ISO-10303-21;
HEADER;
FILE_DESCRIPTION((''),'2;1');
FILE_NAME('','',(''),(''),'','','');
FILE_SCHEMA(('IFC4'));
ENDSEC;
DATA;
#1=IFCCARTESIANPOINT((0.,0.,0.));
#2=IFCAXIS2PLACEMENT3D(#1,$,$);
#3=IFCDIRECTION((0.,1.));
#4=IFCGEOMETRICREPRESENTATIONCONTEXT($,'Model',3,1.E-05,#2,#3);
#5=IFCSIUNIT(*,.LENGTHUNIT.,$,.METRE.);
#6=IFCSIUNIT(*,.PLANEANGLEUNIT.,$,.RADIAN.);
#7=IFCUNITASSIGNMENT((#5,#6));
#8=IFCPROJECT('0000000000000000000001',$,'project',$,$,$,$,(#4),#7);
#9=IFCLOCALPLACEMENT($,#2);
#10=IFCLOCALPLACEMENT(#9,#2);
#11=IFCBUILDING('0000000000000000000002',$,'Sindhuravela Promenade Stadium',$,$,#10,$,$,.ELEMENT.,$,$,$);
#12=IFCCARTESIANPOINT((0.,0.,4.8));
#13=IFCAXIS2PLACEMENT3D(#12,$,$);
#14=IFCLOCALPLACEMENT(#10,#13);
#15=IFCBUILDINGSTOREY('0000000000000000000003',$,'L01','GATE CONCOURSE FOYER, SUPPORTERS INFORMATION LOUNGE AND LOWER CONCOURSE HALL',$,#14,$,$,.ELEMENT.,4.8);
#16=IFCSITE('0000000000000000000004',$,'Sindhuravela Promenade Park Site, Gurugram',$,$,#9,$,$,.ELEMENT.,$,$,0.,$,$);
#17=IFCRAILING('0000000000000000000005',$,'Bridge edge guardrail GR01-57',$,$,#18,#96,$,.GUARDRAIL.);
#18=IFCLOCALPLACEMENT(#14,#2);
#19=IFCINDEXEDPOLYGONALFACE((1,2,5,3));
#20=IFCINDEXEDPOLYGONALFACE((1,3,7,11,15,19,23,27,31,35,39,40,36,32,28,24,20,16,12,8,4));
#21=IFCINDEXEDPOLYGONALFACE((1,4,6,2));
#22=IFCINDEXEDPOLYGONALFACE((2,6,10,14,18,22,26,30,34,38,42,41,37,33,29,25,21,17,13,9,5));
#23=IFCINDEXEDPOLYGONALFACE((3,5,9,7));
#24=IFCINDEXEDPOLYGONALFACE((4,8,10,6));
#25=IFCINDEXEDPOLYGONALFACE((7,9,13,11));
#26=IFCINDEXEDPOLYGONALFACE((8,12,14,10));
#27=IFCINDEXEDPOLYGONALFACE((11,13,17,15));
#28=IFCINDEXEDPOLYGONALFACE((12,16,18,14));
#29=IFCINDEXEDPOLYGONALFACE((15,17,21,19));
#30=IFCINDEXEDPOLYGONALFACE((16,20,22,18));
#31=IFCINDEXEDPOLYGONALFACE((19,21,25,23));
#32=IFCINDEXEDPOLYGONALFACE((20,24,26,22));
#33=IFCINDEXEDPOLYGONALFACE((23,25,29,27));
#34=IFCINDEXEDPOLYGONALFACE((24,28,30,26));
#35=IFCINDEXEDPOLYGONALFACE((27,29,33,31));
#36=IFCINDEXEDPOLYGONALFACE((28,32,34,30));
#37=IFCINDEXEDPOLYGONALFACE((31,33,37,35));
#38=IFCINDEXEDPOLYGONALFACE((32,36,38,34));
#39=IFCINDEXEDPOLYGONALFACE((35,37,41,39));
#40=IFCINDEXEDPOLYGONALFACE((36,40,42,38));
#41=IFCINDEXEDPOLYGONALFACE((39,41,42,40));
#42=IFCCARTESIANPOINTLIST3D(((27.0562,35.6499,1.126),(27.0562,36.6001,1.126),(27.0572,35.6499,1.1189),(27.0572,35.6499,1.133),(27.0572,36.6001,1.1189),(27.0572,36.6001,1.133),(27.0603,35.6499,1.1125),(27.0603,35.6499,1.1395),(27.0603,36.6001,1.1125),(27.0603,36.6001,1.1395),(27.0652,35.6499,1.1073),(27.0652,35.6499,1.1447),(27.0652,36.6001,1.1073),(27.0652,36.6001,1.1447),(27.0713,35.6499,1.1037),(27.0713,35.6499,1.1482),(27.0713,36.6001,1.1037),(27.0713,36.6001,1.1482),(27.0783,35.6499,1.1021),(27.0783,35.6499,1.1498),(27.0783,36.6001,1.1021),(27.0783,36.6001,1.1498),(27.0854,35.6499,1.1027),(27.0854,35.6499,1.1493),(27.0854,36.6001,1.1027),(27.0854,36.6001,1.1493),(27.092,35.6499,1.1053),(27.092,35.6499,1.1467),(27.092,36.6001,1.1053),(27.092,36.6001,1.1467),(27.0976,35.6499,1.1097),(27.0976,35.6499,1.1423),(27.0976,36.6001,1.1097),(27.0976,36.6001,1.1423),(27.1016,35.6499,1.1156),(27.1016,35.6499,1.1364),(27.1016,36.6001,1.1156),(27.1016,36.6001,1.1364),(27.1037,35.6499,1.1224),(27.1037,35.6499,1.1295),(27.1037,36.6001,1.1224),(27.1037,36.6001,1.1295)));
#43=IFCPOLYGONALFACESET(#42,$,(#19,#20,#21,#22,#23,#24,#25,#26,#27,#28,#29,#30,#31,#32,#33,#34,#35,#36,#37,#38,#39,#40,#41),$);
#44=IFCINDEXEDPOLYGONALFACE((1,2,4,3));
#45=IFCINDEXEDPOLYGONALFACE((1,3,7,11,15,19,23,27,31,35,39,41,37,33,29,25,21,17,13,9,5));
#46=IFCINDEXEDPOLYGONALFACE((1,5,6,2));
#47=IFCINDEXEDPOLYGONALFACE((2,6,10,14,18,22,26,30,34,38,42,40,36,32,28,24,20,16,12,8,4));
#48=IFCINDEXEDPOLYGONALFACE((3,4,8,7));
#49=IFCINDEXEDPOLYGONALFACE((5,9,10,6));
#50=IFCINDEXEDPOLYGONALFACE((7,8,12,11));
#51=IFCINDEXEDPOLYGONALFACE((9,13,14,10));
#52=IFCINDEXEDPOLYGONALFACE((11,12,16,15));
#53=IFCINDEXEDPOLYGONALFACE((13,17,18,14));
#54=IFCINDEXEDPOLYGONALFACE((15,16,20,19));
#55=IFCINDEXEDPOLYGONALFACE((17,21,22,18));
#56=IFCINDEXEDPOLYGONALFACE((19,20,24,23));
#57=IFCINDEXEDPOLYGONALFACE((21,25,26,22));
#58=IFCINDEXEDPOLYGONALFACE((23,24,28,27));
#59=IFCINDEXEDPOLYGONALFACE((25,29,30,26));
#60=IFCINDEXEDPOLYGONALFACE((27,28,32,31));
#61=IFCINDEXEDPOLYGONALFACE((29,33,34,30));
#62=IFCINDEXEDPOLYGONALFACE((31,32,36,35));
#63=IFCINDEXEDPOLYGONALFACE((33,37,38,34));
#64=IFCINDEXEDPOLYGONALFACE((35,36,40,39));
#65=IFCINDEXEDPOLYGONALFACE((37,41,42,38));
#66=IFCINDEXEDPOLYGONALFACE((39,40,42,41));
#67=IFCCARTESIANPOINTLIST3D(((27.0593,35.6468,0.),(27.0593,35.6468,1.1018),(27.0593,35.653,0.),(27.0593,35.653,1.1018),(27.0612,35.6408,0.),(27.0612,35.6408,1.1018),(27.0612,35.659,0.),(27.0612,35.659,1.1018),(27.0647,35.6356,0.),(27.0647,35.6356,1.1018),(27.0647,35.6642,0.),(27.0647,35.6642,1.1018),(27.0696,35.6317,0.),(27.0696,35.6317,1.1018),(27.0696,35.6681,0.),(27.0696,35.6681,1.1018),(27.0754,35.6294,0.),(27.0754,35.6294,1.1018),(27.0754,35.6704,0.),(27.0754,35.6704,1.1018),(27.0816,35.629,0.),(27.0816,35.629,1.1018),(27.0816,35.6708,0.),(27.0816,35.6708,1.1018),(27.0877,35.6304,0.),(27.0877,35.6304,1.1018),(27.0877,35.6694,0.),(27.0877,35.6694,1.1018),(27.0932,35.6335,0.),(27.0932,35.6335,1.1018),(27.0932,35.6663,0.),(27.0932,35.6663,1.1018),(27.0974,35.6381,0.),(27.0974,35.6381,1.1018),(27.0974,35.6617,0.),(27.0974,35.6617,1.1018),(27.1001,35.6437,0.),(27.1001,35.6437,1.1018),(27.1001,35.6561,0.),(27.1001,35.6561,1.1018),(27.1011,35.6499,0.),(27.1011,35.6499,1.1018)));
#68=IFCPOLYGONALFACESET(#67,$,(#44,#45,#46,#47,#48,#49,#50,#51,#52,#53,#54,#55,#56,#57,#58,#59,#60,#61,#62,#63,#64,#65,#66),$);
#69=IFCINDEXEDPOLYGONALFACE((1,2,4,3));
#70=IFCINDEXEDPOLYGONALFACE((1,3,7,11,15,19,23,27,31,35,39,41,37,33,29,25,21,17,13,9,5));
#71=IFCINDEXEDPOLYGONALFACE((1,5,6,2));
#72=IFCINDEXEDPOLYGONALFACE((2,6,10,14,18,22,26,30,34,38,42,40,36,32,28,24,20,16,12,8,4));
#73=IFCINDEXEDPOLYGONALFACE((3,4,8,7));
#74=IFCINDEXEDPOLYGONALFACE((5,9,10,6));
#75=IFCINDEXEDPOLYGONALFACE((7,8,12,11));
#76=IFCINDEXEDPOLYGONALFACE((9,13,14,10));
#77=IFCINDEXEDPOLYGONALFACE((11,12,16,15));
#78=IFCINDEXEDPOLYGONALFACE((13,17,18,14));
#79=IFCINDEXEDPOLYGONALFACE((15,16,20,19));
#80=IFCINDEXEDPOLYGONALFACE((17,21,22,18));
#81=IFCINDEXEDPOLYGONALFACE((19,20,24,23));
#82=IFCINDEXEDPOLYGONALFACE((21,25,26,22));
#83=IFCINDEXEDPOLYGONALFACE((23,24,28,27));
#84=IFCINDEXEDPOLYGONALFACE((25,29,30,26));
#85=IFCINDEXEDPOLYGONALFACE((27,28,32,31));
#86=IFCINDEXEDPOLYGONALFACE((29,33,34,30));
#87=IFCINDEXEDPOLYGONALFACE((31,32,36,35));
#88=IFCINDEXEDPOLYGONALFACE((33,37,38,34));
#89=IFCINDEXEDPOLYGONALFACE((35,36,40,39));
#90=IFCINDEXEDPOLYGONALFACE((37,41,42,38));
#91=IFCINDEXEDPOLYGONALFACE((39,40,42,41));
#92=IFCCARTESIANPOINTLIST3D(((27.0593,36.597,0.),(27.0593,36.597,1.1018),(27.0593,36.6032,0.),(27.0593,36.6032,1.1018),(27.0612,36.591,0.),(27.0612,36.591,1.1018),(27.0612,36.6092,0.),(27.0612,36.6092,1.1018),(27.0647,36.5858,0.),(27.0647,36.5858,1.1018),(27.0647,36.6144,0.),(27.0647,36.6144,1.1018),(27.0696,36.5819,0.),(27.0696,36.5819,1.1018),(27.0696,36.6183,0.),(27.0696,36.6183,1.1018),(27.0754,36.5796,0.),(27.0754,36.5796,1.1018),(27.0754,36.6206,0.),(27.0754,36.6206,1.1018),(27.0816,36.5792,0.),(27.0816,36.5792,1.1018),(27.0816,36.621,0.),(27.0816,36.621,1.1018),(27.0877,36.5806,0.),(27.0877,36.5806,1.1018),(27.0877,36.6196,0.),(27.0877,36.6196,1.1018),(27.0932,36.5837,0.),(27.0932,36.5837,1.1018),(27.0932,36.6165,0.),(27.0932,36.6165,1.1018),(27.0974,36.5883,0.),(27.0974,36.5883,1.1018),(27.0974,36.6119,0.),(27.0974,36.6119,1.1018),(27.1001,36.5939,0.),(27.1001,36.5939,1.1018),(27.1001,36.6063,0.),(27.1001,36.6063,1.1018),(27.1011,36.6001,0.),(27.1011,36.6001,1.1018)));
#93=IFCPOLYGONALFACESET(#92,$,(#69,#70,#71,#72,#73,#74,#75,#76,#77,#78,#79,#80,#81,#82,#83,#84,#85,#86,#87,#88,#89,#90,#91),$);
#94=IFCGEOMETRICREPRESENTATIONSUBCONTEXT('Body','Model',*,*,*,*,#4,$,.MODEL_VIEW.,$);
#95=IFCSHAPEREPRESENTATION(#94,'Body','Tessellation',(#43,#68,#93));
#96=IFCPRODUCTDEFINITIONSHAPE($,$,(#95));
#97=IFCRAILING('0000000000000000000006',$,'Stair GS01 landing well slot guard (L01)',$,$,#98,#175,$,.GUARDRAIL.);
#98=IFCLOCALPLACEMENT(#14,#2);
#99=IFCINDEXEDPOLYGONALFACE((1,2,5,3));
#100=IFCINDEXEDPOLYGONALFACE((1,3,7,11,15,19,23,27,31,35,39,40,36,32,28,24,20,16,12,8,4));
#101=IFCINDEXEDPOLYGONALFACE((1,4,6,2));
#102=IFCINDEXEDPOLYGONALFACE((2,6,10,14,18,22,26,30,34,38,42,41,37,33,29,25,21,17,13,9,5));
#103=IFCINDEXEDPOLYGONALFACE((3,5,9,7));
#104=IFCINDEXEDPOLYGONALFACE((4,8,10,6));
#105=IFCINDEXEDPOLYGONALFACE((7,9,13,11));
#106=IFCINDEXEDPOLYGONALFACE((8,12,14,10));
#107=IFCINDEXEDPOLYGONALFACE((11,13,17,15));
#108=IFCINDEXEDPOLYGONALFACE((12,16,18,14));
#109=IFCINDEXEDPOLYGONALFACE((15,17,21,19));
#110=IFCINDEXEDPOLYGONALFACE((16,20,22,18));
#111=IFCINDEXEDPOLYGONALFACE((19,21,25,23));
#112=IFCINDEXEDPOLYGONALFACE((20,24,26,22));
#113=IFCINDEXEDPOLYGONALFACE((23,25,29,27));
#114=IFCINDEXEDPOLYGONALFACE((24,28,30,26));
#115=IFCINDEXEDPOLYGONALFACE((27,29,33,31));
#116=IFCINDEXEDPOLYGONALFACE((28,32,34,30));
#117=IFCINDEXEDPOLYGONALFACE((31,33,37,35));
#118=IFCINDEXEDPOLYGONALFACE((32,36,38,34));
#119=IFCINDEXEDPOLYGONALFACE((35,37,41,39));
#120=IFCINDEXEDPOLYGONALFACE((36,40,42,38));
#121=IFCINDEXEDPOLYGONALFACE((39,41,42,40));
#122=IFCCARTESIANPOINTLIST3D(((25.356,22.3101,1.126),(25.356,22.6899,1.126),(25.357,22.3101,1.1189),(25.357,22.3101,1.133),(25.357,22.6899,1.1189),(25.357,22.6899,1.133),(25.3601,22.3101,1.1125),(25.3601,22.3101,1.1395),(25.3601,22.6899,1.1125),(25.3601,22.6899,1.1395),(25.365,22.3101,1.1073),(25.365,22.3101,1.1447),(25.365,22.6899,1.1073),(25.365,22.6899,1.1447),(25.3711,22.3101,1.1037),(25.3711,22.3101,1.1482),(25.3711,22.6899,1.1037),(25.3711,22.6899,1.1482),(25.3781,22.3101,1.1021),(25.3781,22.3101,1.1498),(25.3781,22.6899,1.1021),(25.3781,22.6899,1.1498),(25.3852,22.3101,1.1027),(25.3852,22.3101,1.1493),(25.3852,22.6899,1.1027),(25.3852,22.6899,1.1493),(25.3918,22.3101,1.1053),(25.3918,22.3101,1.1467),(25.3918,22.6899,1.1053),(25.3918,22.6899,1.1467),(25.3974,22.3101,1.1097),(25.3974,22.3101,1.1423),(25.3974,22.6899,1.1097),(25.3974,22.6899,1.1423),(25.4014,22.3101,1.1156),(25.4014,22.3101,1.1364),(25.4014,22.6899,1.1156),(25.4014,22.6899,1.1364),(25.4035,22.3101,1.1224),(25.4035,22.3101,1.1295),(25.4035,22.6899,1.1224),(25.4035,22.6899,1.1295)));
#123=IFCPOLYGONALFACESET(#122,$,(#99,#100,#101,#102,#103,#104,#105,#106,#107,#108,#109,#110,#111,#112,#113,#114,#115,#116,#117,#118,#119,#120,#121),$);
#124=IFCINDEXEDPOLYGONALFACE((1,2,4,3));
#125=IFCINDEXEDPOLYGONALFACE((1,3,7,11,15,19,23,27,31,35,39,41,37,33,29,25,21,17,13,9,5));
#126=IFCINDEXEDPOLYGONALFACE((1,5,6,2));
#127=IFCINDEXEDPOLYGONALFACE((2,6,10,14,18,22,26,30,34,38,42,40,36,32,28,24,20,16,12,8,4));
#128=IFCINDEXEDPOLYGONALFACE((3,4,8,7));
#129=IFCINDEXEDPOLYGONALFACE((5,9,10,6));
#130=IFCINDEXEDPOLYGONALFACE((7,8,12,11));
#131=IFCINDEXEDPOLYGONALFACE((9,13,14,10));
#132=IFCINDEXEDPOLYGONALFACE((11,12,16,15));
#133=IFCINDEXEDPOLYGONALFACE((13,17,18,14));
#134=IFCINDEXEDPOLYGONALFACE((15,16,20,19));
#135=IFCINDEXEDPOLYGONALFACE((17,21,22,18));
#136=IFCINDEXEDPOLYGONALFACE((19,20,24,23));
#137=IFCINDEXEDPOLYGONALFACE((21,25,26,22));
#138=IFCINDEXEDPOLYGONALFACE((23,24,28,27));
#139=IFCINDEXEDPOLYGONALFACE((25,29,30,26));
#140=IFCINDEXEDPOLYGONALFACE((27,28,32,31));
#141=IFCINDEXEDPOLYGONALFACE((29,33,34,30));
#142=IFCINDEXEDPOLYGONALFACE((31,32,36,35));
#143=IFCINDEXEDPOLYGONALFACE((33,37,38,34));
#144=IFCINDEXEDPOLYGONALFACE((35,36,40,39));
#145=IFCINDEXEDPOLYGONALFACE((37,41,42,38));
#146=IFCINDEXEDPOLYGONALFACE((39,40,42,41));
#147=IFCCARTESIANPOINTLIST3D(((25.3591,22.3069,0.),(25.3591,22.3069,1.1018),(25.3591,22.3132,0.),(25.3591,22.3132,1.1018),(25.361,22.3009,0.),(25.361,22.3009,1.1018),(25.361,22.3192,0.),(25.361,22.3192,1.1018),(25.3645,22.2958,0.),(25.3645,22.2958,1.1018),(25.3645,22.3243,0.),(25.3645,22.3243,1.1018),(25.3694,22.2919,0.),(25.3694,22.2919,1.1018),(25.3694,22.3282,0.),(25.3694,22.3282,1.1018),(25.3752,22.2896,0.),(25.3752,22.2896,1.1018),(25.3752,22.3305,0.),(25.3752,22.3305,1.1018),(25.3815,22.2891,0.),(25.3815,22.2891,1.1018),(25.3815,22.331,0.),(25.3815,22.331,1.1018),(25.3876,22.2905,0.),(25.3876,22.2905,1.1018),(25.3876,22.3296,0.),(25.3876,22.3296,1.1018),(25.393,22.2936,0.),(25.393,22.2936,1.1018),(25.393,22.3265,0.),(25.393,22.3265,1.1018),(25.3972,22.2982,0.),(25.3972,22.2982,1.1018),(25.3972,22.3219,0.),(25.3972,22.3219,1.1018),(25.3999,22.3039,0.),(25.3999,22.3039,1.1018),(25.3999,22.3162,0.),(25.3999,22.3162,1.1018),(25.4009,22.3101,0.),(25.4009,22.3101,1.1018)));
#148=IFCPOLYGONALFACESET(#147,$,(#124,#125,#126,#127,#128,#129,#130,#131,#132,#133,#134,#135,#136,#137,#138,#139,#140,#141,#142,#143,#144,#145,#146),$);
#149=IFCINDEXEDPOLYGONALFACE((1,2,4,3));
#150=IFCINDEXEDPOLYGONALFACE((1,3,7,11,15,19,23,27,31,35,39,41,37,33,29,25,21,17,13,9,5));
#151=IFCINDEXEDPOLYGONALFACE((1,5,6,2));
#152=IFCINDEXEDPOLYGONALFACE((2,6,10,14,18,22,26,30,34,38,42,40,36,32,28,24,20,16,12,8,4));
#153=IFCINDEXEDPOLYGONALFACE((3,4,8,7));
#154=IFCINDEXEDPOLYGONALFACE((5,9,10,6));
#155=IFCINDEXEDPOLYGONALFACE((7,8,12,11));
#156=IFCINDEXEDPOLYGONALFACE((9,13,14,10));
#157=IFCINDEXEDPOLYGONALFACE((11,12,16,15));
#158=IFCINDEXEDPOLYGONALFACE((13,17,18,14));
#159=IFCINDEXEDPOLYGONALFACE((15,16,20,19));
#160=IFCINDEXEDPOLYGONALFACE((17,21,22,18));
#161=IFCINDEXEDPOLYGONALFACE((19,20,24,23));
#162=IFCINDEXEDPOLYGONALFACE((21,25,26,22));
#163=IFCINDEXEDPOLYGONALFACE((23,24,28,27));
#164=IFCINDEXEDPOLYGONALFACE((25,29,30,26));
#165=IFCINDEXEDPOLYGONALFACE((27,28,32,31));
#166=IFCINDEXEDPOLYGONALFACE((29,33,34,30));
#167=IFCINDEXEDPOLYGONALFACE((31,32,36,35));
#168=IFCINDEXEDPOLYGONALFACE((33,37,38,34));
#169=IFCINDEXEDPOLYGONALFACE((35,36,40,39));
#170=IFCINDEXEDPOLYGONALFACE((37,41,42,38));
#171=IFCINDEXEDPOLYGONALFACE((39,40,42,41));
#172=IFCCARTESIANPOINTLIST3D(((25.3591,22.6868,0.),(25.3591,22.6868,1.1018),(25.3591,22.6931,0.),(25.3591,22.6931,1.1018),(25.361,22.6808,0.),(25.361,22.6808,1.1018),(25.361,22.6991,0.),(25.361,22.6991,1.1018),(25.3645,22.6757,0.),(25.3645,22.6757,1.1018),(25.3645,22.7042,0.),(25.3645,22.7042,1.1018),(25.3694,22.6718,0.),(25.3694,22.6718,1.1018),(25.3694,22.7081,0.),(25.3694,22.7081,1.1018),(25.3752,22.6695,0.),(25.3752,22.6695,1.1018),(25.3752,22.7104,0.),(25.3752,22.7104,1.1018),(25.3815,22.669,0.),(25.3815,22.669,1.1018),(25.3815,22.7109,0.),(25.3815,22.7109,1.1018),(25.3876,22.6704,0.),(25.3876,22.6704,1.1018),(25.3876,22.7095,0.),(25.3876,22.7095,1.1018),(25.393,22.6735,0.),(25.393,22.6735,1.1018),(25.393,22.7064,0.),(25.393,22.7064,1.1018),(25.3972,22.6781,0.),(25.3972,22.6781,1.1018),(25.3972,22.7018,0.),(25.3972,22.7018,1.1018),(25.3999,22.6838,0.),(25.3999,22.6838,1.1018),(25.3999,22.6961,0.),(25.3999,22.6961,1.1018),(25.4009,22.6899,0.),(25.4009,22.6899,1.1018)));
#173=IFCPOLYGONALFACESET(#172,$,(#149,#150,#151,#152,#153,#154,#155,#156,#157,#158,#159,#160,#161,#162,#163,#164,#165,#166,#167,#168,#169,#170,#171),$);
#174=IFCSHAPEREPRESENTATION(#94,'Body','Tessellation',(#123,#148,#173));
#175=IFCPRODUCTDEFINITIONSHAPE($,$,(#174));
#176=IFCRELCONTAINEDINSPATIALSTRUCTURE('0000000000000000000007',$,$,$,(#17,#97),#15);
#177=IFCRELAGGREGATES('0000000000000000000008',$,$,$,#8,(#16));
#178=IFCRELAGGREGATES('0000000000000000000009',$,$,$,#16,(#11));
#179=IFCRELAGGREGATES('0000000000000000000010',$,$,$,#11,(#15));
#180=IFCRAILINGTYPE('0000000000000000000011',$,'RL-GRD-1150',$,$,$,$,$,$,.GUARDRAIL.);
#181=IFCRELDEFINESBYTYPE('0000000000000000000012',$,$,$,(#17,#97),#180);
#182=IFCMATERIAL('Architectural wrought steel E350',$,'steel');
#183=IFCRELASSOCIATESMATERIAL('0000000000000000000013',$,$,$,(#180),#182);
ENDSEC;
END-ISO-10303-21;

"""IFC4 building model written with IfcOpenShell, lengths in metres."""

from ifc_helpers import new_model, si_unit, direction, frame, origin, origin_2d, place, context, subcontext, project, spatial, circle, extrude, material, type_object, element, save


model = new_model("IFC4")

# Units and contexts
model_context = context("Model", 3, precision=1e-05, world=origin(), true_north=direction((0.0, 1.0)))
body_context = subcontext(model_context, "Body", "Model", "MODEL_VIEW")
ifc_project = project(units=[si_unit("LENGTHUNIT", "METRE"), si_unit("PLANEANGLEUNIT", "RADIAN")], contexts=[model_context])

# Site, building, storey
site_placement = place(None, origin())
site = spatial("IfcSite", under=ifc_project, at=site_placement, Name="Sindhuravela Promenade Park Site, Gurugram", CompositionType="ELEMENT", RefElevation=0.0)
building_placement = place(site_placement, origin())
building = spatial("IfcBuilding", under=site, at=building_placement, Name="Sindhuravela Promenade Stadium", CompositionType="ELEMENT")
storey_placement = place(building_placement, frame((0.0, 0.0, 4.8)))
storey = spatial("IfcBuildingStorey", under=building, at=storey_placement, Name="L01", Description="GATE CONCOURSE FOYER, SUPPORTERS INFORMATION LOUNGE AND LOWER CONCOURSE HALL", CompositionType="ELEMENT", Elevation=4.8)

# Railings
ifc_material_1 = material(Name="Architectural wrought steel E350", Category="steel")
railing_type_1 = type_object("IfcRailingType", Name="RL-GRD-1150", PredefinedType="GUARDRAIL", material=ifc_material_1)
railing_1_placement = place(storey_placement, frame((27.0801, 35.6499, 0.0)))
element("IfcRailing", 1, at=railing_1_placement, inside=storey, type_object=railing_type_1, Name="Bridge edge guardrail GR01-57", PredefinedType="GUARDRAIL", context=body_context, shape_type="SweptSolid", body=[
    extrude(circle(Radius=0.0239, at=origin_2d()), frame((0.0, 0.0, 1.126), z_axis=(0.0, 1.0, 0.0), x_axis=(-1.0, 0.0, 0.0)), (0.0, 0.0, 1.0), 0.9502),
    extrude(circle(Radius=0.021, at=origin_2d()), origin(), (0.0, 0.0, 1.0), 1.1018),
    extrude(circle(Radius=0.021, at=origin_2d()), frame((0.0, 0.9502, 0.0)), (0.0, 0.0, 1.0), 1.1018),
])
railing_2_placement = place(storey_placement, frame((25.3799, 22.3101, 0.0)))
element("IfcRailing", 2, at=railing_2_placement, inside=storey, type_object=railing_type_1, Name="Stair GS01 landing well slot guard (L01)", PredefinedType="GUARDRAIL", context=body_context, shape_type="SweptSolid", body=[
    extrude(circle(Radius=0.0239, at=origin_2d()), frame((0.0, 0.0, 1.126), z_axis=(0.0, 1.0, 0.0), x_axis=(-1.0, 0.0, 0.0)), (0.0, 0.0, 1.0), 0.3799),
    extrude(circle(Radius=0.021, at=origin_2d()), origin(), (0.0, 0.0, 1.0), 1.1018),
    extrude(circle(Radius=0.021, at=origin_2d()), frame((0.0, 0.3799, 0.0)), (0.0, 0.0, 1.0), 1.1018),
])

save(model, "model.ifc")
